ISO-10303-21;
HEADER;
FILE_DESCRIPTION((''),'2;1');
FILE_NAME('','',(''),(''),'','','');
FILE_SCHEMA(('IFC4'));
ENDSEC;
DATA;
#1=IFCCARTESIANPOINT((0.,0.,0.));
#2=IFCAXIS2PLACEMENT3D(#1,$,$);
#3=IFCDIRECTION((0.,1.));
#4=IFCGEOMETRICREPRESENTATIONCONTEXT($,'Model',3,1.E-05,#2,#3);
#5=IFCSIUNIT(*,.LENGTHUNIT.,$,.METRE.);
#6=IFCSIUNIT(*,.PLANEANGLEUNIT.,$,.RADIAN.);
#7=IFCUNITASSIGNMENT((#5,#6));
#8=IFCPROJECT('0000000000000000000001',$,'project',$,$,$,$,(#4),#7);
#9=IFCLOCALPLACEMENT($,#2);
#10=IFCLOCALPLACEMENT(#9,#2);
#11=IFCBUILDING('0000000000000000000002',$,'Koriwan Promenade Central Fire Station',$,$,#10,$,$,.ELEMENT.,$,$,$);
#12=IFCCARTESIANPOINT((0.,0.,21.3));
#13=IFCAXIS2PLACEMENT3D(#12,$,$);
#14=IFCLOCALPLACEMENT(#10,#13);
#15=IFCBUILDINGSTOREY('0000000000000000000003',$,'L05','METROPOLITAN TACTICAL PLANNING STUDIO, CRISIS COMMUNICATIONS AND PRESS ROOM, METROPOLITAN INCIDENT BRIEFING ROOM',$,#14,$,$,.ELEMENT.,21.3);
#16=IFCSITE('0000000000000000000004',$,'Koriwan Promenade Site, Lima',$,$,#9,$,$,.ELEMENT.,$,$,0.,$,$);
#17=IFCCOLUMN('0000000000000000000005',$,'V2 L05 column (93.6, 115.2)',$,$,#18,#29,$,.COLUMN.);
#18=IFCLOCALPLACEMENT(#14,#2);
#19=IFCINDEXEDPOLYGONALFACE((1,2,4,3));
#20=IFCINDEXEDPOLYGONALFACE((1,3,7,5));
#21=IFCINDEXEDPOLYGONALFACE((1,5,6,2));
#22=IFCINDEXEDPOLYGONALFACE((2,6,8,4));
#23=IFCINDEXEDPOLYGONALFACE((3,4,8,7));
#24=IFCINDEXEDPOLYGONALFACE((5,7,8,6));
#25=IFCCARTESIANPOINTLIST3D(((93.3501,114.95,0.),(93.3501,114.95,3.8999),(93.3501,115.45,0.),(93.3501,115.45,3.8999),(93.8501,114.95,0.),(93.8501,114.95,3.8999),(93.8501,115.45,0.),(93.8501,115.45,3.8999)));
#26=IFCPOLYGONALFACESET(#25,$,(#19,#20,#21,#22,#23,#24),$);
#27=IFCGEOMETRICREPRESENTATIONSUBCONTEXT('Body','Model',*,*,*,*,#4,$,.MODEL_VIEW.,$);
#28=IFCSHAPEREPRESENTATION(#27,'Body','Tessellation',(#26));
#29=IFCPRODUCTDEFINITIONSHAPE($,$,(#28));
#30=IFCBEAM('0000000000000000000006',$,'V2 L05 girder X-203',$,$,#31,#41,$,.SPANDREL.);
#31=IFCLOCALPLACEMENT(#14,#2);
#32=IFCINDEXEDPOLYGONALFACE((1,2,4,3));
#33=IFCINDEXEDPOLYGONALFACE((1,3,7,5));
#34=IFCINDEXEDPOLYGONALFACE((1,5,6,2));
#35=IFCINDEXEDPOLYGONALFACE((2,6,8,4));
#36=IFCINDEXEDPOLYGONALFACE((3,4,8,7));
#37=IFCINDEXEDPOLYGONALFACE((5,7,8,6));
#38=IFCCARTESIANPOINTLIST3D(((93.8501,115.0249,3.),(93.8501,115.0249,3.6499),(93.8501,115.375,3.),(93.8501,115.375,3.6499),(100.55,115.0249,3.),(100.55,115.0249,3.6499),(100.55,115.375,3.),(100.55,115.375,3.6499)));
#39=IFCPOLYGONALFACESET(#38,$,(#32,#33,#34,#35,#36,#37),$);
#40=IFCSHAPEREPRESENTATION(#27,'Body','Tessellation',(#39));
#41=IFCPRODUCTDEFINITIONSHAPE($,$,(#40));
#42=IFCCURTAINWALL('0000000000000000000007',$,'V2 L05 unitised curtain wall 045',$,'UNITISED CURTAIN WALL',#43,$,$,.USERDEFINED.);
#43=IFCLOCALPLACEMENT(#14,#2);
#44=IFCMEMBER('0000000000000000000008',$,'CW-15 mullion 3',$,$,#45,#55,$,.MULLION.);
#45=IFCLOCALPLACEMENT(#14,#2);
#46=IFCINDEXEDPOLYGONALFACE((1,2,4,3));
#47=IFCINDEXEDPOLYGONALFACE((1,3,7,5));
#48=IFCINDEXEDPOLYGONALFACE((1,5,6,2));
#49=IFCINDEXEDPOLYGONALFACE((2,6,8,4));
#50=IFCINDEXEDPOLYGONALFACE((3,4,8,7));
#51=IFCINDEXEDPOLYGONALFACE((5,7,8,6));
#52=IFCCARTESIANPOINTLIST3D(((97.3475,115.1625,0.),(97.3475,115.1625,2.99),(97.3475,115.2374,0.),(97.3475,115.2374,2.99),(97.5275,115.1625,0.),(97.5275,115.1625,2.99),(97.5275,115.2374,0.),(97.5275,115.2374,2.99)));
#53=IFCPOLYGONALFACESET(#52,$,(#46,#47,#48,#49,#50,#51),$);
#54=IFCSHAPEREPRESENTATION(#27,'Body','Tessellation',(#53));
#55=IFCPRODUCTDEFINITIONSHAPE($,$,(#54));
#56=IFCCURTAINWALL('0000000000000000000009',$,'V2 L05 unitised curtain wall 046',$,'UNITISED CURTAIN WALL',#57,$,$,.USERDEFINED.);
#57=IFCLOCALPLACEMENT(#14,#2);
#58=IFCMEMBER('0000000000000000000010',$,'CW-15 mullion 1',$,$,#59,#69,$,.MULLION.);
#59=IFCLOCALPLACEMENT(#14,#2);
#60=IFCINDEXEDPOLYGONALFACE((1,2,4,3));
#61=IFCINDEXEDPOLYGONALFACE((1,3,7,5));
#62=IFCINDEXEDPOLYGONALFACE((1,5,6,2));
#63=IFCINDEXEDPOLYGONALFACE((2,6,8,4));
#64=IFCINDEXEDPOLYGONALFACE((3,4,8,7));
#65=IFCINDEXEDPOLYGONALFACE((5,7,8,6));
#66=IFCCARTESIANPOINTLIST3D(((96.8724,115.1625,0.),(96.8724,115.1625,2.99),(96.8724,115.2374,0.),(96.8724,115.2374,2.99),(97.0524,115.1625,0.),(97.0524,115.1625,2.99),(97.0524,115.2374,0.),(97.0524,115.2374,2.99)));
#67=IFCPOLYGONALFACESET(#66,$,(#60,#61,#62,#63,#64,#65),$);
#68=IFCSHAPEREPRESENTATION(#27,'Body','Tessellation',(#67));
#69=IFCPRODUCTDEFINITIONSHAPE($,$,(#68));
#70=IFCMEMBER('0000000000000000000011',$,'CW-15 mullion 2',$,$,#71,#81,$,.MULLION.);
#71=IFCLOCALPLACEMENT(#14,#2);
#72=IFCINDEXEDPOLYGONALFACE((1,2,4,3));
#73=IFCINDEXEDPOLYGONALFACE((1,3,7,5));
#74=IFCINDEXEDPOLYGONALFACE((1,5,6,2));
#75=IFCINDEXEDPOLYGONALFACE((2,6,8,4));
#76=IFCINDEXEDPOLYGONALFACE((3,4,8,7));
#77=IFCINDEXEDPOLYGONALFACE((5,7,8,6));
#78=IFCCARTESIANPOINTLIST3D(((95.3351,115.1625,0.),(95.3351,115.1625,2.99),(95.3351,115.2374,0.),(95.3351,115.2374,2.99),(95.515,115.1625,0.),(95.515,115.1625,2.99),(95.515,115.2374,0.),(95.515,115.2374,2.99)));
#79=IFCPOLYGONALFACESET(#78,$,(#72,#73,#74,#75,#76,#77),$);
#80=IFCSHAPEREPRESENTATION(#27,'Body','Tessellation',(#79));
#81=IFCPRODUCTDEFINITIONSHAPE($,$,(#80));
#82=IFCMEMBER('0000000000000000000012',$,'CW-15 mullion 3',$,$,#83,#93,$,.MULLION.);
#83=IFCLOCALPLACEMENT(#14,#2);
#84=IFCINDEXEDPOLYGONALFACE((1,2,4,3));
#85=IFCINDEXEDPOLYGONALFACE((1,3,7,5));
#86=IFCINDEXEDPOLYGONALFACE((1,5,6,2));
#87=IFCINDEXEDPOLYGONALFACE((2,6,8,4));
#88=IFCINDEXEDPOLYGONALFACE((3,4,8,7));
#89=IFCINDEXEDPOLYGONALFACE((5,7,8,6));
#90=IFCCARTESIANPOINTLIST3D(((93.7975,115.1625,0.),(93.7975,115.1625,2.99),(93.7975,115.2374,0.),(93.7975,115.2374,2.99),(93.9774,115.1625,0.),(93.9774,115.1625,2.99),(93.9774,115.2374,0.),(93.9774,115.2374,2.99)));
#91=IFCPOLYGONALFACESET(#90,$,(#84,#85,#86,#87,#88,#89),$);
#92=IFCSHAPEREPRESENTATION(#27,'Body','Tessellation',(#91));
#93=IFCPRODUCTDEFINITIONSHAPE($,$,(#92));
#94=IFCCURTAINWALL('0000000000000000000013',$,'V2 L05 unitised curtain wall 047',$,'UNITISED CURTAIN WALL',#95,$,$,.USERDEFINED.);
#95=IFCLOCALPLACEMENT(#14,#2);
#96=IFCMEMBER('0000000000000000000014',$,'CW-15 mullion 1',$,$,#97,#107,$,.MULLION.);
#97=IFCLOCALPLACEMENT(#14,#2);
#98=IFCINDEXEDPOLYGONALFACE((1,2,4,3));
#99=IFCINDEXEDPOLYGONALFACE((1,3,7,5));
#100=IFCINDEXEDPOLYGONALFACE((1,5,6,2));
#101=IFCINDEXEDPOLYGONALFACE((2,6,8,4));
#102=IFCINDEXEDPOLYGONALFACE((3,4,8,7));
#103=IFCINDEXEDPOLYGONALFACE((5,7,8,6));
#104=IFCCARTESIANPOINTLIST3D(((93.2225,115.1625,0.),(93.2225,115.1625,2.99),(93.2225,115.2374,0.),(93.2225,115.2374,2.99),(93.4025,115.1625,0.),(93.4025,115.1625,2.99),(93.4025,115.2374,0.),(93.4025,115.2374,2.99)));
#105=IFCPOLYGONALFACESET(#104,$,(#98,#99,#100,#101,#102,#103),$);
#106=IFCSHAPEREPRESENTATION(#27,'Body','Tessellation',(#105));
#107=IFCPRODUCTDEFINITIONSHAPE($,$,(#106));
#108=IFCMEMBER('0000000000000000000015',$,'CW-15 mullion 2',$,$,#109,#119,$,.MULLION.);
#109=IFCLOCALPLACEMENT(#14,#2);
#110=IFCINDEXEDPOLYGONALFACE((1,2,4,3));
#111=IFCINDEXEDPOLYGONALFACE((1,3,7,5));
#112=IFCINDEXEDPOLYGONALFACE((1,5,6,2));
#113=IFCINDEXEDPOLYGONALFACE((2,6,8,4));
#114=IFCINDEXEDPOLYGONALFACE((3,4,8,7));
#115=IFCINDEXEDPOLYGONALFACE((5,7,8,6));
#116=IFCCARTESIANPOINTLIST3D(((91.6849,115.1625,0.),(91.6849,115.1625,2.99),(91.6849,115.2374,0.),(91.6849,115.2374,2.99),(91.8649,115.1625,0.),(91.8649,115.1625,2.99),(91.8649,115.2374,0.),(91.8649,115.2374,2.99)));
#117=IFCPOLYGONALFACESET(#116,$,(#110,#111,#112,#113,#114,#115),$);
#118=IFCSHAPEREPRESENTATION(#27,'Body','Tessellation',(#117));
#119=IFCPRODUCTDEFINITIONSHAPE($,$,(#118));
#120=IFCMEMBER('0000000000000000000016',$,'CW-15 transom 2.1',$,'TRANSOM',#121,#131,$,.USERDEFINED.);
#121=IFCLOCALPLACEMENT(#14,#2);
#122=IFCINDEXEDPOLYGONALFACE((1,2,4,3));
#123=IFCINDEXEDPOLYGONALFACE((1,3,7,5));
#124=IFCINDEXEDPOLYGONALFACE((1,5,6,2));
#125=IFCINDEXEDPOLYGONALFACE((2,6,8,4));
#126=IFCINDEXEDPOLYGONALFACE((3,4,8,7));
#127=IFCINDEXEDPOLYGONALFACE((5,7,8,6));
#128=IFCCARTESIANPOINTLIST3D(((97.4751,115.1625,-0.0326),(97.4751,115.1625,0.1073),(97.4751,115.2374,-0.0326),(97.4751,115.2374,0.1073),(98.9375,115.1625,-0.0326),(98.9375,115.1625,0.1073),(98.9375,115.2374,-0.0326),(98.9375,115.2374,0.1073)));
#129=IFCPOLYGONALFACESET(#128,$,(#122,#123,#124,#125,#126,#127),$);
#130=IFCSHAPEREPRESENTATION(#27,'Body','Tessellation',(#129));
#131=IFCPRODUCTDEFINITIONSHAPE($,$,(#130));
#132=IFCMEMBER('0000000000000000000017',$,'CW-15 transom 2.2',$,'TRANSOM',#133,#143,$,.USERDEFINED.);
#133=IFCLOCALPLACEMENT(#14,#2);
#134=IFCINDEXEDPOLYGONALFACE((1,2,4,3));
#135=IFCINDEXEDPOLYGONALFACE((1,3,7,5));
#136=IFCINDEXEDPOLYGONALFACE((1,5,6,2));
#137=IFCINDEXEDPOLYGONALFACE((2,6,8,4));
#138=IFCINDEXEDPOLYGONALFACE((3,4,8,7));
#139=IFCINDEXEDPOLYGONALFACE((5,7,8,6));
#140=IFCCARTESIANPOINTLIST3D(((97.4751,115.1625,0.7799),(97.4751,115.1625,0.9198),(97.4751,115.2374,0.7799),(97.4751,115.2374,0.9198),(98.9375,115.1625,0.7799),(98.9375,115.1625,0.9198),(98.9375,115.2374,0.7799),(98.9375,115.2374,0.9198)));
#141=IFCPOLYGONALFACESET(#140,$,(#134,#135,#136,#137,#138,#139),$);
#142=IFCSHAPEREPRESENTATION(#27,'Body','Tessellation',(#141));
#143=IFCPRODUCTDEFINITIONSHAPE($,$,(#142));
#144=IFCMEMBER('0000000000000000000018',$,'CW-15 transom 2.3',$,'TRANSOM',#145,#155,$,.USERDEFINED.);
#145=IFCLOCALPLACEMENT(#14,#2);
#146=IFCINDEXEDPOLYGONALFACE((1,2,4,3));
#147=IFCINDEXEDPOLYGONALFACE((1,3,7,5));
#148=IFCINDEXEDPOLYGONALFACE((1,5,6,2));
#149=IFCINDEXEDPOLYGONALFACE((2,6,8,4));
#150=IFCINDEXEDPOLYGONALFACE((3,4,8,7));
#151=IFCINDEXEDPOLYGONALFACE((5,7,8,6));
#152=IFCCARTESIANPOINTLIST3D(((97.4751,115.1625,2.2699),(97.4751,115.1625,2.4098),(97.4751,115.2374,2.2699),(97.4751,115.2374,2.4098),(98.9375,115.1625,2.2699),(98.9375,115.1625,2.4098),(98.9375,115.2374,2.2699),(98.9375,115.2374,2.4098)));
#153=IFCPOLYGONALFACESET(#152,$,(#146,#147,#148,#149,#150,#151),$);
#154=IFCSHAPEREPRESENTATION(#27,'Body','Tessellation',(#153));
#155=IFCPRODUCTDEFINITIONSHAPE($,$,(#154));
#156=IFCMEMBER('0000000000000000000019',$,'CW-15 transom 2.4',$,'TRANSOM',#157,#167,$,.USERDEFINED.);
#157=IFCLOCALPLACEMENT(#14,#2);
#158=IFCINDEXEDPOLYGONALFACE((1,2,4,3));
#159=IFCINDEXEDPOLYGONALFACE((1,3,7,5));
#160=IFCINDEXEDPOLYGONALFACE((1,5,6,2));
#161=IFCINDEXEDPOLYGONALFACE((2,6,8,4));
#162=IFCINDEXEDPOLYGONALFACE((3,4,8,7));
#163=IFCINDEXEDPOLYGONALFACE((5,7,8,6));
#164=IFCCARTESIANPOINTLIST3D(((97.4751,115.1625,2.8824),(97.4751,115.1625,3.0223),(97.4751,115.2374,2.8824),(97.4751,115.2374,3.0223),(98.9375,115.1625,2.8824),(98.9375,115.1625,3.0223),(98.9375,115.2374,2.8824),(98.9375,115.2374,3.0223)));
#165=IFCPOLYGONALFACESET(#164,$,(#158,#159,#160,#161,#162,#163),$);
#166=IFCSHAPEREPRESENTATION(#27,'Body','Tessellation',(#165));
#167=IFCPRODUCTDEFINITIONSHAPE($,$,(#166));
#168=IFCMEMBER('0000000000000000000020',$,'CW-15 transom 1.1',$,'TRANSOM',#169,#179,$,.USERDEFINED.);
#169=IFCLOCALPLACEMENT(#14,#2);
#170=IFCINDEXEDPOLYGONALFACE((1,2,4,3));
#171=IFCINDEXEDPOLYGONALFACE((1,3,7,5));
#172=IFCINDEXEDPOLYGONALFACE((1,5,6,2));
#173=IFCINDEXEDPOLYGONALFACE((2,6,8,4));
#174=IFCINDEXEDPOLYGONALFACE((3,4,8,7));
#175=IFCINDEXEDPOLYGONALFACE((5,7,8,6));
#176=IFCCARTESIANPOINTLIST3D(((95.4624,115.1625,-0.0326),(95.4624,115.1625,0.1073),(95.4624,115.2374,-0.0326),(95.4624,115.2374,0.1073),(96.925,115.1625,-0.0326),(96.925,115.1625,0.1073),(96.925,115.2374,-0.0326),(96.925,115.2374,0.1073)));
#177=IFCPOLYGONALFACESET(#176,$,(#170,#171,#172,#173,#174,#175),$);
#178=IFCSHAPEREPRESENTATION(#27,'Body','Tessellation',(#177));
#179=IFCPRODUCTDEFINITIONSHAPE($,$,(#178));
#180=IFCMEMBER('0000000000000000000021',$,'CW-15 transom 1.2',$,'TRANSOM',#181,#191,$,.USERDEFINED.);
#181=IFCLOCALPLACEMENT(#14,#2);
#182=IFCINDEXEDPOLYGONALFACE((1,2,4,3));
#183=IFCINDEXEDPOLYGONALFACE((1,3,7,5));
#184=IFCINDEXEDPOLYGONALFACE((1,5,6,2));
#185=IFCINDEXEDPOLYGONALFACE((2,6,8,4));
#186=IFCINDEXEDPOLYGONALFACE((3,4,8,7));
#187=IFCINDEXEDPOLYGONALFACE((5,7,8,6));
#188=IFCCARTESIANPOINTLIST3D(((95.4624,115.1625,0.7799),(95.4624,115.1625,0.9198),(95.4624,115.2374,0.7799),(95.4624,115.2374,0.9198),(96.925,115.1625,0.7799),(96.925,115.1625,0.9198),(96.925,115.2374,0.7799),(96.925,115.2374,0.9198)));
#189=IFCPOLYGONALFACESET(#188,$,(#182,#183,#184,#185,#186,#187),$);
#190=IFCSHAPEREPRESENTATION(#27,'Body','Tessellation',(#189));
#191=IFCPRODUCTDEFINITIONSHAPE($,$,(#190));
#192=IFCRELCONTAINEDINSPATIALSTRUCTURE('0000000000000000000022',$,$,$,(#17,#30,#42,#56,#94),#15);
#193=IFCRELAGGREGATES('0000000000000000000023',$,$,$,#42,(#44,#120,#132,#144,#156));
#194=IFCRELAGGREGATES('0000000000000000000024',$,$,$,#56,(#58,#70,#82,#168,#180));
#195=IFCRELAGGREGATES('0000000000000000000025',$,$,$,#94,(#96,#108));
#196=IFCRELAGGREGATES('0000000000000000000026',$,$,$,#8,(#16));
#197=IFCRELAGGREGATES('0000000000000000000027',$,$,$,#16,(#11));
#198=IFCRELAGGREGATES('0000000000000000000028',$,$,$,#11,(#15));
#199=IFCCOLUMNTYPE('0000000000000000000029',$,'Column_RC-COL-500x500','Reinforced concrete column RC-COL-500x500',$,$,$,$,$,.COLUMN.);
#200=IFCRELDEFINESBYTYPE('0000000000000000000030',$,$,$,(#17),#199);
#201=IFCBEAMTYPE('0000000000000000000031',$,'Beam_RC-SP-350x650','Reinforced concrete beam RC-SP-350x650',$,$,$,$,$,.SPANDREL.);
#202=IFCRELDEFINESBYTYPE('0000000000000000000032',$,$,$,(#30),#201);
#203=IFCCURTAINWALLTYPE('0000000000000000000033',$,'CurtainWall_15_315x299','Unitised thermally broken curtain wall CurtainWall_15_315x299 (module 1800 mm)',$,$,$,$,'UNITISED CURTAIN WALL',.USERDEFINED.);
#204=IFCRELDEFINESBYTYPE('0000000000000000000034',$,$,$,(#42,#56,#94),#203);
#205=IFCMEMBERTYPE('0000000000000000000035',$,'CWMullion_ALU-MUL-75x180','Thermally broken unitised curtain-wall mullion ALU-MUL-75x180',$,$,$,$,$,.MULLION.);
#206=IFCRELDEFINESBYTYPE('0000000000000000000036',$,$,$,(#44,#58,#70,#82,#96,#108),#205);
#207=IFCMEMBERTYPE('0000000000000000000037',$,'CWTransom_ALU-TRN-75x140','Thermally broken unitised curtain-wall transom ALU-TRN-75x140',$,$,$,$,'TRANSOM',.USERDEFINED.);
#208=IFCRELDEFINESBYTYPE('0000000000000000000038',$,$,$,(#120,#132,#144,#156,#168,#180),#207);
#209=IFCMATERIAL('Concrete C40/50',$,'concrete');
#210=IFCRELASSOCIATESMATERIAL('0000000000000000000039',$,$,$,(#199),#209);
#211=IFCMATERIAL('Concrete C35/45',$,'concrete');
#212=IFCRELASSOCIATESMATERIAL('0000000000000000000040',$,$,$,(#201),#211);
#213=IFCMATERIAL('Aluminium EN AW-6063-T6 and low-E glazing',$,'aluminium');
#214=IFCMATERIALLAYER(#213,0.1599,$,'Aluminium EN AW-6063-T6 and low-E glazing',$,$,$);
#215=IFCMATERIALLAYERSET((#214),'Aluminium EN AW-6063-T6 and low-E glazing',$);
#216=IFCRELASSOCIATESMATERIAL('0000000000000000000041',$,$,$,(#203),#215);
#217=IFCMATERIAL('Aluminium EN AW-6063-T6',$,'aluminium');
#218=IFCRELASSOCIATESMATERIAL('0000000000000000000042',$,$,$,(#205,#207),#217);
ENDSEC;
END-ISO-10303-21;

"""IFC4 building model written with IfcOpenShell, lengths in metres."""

from ifc_helpers import new_model, si_unit, direction, frame, origin, origin_2d, place, context, subcontext, project, spatial, rectangle, extrude, material, layer, layer_set, material_profile, profile_set, type_object, element, aggregate, save


model = new_model("IFC4")

# Units and contexts
model_context = context("Model", 3, precision=1e-05, world=origin(), true_north=direction((0.0, 1.0)))
body_context = subcontext(model_context, "Body", "Model", "MODEL_VIEW")
ifc_project = project(units=[si_unit("LENGTHUNIT", "METRE"), si_unit("PLANEANGLEUNIT", "RADIAN")], contexts=[model_context])

# Site, building, storey
site_placement = place(None, origin())
site = spatial("IfcSite", under=ifc_project, at=site_placement, Name="Koriwan Promenade Site, Lima", CompositionType="ELEMENT", RefElevation=0.0)
building_placement = place(site_placement, origin())
building = spatial("IfcBuilding", under=site, at=building_placement, Name="Koriwan Promenade Central Fire Station", CompositionType="ELEMENT")
storey_placement = place(building_placement, frame((0.0, 0.0, 21.3)))
storey = spatial("IfcBuildingStorey", under=building, at=storey_placement, Name="L05", Description="METROPOLITAN TACTICAL PLANNING STUDIO, CRISIS COMMUNICATIONS AND PRESS ROOM, METROPOLITAN INCIDENT BRIEFING ROOM", CompositionType="ELEMENT", Elevation=21.3)

# Column
ifc_material_1 = material(Name="Concrete C40/50", Category="concrete")
ifc_material_profile_1 = material_profile(ifc_material_1, rectangle(XDim=0.5, YDim=0.5, at=origin_2d()), Name="RC-COL-500x500")
ifc_profile_set_1 = profile_set([ifc_material_profile_1], Name="Concrete C40/50")
column_type = type_object("IfcColumnType", Name="Column_RC-COL-500x500", Description="Reinforced concrete column RC-COL-500x500", PredefinedType="COLUMN", material=ifc_profile_set_1)
column_placement = place(storey_placement, frame((93.6001, 115.2, 0.0), z_axis=(0.0, 0.0, 1.0), x_axis=(1.0, 0.0, 0.0)))
element("IfcColumn", 1, at=column_placement, inside=storey, type_object=column_type, Name="V2 L05 column (93.6, 115.2)", PredefinedType="COLUMN", context=body_context, shape_type="SweptSolid", body=[
    extrude(rectangle(XDim=0.5, YDim=0.5, at=origin_2d()), origin(), (0.0, 0.0, 1.0), 3.8999),
])

# Beam
ifc_material_2 = material(Name="Concrete C35/45", Category="concrete")
ifc_material_profile_2 = material_profile(ifc_material_2, rectangle(XDim=0.3501, YDim=0.6499, at=origin_2d()), Name="RC-SP-350x650")
ifc_profile_set_2 = profile_set([ifc_material_profile_2], Name="Concrete C35/45")
beam_type = type_object("IfcBeamType", Name="Beam_RC-SP-350x650", Description="Reinforced concrete beam RC-SP-350x650", PredefinedType="SPANDREL", material=ifc_profile_set_2)
beam_placement = place(storey_placement, frame((93.8501, 115.2, 3.325), z_axis=(1.0, 0.0, 0.0), x_axis=(0.0, 1.0, 0.0)))
element("IfcBeam", 2, at=beam_placement, inside=storey, type_object=beam_type, Name="V2 L05 girder X-203", PredefinedType="SPANDREL", context=body_context, shape_type="SweptSolid", body=[
    extrude(rectangle(XDim=0.3501, YDim=0.6499, at=origin_2d()), origin(), (0.0, 0.0, 1.0), 6.7),
])

# Curtain wall, member
ifc_material_3 = material(Name="Aluminium EN AW-6063-T6 and low-E glazing", Category="aluminium")
ifc_layer_1 = layer(ifc_material_3, 0.1599, Name="Aluminium EN AW-6063-T6 and low-E glazing")
ifc_layer_set_1 = layer_set([ifc_layer_1], Name="Aluminium EN AW-6063-T6 and low-E glazing")
curtain_wall_type = type_object("IfcCurtainWallType", Name="CurtainWall_15_315x299", Description="Unitised thermally broken curtain wall CurtainWall_15_315x299 (module 1800 mm)", ElementType="UNITISED CURTAIN WALL", PredefinedType="USERDEFINED", material=ifc_layer_set_1)
curtain_wall_1_placement = place(storey_placement, origin())
curtain_wall_1 = element("IfcCurtainWall", 3, at=curtain_wall_1_placement, inside=storey, type_object=curtain_wall_type, Name="V2 L05 unitised curtain wall 045", ObjectType="UNITISED CURTAIN WALL", PredefinedType="USERDEFINED")
ifc_material_4 = material(Name="Aluminium EN AW-6063-T6", Category="aluminium")
ifc_material_profile_3 = material_profile(ifc_material_4, rectangle(XDim=0.075, YDim=0.1799, at=origin_2d()), Name="ALU-MUL-75x180")
ifc_profile_set_3 = profile_set([ifc_material_profile_3], Name="Aluminium EN AW-6063-T6")
member_type_1 = type_object("IfcMemberType", Name="CWMullion_ALU-MUL-75x180", Description="Thermally broken unitised curtain-wall mullion ALU-MUL-75x180", PredefinedType="MULLION", material=ifc_profile_set_3)
member_1_placement = place(storey_placement, frame((97.4375, 115.2, 0.0), z_axis=(0.0, 0.0, 1.0), x_axis=(0.0, -1.0, 0.0)))
member_1 = element("IfcMember", 4, at=member_1_placement, type_object=member_type_1, Name="CW-15 mullion 3", PredefinedType="MULLION", context=body_context, shape_type="SweptSolid", body=[
    extrude(rectangle(XDim=0.075, YDim=0.1799, at=origin_2d()), origin(), (0.0, 0.0, 1.0), 2.99),
])

# Curtain walls, members
curtain_wall_2_placement = place(storey_placement, origin())
curtain_wall_2 = element("IfcCurtainWall", 5, at=curtain_wall_2_placement, inside=storey, type_object=curtain_wall_type, Name="V2 L05 unitised curtain wall 046", ObjectType="UNITISED CURTAIN WALL", PredefinedType="USERDEFINED")
member_2_placement = place(storey_placement, frame((96.9624, 115.2, 0.0), z_axis=(0.0, 0.0, 1.0), x_axis=(0.0, -1.0, 0.0)))
member_2 = element("IfcMember", 6, at=member_2_placement, type_object=member_type_1, Name="CW-15 mullion 1", PredefinedType="MULLION", context=body_context, shape_type="SweptSolid", body=[
    extrude(rectangle(XDim=0.075, YDim=0.1799, at=origin_2d()), origin(), (0.0, 0.0, 1.0), 2.99),
])
member_3_placement = place(storey_placement, frame((95.425, 115.2, 0.0), z_axis=(0.0, 0.0, 1.0), x_axis=(0.0, -1.0, 0.0)))
member_3 = element("IfcMember", 7, at=member_3_placement, type_object=member_type_1, Name="CW-15 mullion 2", PredefinedType="MULLION", context=body_context, shape_type="SweptSolid", body=[
    extrude(rectangle(XDim=0.075, YDim=0.1799, at=origin_2d()), origin(), (0.0, 0.0, 1.0), 2.99),
])
member_4_placement = place(storey_placement, frame((93.8875, 115.2, 0.0), z_axis=(0.0, 0.0, 1.0), x_axis=(0.0, -1.0, 0.0)))
member_4 = element("IfcMember", 8, at=member_4_placement, type_object=member_type_1, Name="CW-15 mullion 3", PredefinedType="MULLION", context=body_context, shape_type="SweptSolid", body=[
    extrude(rectangle(XDim=0.075, YDim=0.1799, at=origin_2d()), origin(), (0.0, 0.0, 1.0), 2.99),
])
curtain_wall_3_placement = place(storey_placement, origin())
curtain_wall_3 = element("IfcCurtainWall", 9, at=curtain_wall_3_placement, inside=storey, type_object=curtain_wall_type, Name="V2 L05 unitised curtain wall 047", ObjectType="UNITISED CURTAIN WALL", PredefinedType="USERDEFINED")
member_5_placement = place(storey_placement, frame((93.3125, 115.2, 0.0), z_axis=(0.0, 0.0, 1.0), x_axis=(0.0, -1.0, 0.0)))
member_5 = element("IfcMember", 10, at=member_5_placement, type_object=member_type_1, Name="CW-15 mullion 1", PredefinedType="MULLION", context=body_context, shape_type="SweptSolid", body=[
    extrude(rectangle(XDim=0.075, YDim=0.1799, at=origin_2d()), origin(), (0.0, 0.0, 1.0), 2.99),
])
member_6_placement = place(storey_placement, frame((91.7749, 115.2, 0.0), z_axis=(0.0, 0.0, 1.0), x_axis=(0.0, -1.0, 0.0)))
member_6 = element("IfcMember", 11, at=member_6_placement, type_object=member_type_1, Name="CW-15 mullion 2", PredefinedType="MULLION", context=body_context, shape_type="SweptSolid", body=[
    extrude(rectangle(XDim=0.075, YDim=0.1799, at=origin_2d()), origin(), (0.0, 0.0, 1.0), 2.99),
])

# Members
ifc_material_profile_4 = material_profile(ifc_material_4, rectangle(XDim=0.075, YDim=0.1399, at=origin_2d()), Name="ALU-TRN-75x140")
ifc_profile_set_4 = profile_set([ifc_material_profile_4], Name="Aluminium EN AW-6063-T6")
member_type_2 = type_object("IfcMemberType", Name="CWTransom_ALU-TRN-75x140", Description="Thermally broken unitised curtain-wall transom ALU-TRN-75x140", ElementType="TRANSOM", PredefinedType="USERDEFINED", material=ifc_profile_set_4)
member_7_placement = place(storey_placement, frame((98.9375, 115.2, 0.0374), z_axis=(-1.0, 0.0, 0.0), x_axis=(0.0, -1.0, 0.0)))
member_7 = element("IfcMember", 12, at=member_7_placement, type_object=member_type_2, Name="CW-15 transom 2.1", ObjectType="TRANSOM", PredefinedType="USERDEFINED", context=body_context, shape_type="SweptSolid", body=[
    extrude(rectangle(XDim=0.075, YDim=0.1399, at=origin_2d()), origin(), (0.0, 0.0, 1.0), 1.4624),
])
member_8_placement = place(storey_placement, frame((98.9375, 115.2, 0.8499), z_axis=(-1.0, 0.0, 0.0), x_axis=(0.0, -1.0, 0.0)))
member_8 = element("IfcMember", 13, at=member_8_placement, type_object=member_type_2, Name="CW-15 transom 2.2", ObjectType="TRANSOM", PredefinedType="USERDEFINED", context=body_context, shape_type="SweptSolid", body=[
    extrude(rectangle(XDim=0.075, YDim=0.1399, at=origin_2d()), origin(), (0.0, 0.0, 1.0), 1.4624),
])
member_9_placement = place(storey_placement, frame((98.9375, 115.2, 2.3398), z_axis=(-1.0, 0.0, 0.0), x_axis=(0.0, -1.0, 0.0)))
member_9 = element("IfcMember", 14, at=member_9_placement, type_object=member_type_2, Name="CW-15 transom 2.3", ObjectType="TRANSOM", PredefinedType="USERDEFINED", context=body_context, shape_type="SweptSolid", body=[
    extrude(rectangle(XDim=0.075, YDim=0.1399, at=origin_2d()), origin(), (0.0, 0.0, 1.0), 1.4624),
])
member_10_placement = place(storey_placement, frame((98.9375, 115.2, 2.9524), z_axis=(-1.0, 0.0, 0.0), x_axis=(0.0, -1.0, 0.0)))
member_10 = element("IfcMember", 15, at=member_10_placement, type_object=member_type_2, Name="CW-15 transom 2.4", ObjectType="TRANSOM", PredefinedType="USERDEFINED", context=body_context, shape_type="SweptSolid", body=[
    extrude(rectangle(XDim=0.075, YDim=0.1399, at=origin_2d()), origin(), (0.0, 0.0, 1.0), 1.4624),
])
member_11_placement = place(storey_placement, frame((96.925, 115.2, 0.0374), z_axis=(-1.0, 0.0, 0.0), x_axis=(0.0, -1.0, 0.0)))
member_11 = element("IfcMember", 16, at=member_11_placement, type_object=member_type_2, Name="CW-15 transom 1.1", ObjectType="TRANSOM", PredefinedType="USERDEFINED", context=body_context, shape_type="SweptSolid", body=[
    extrude(rectangle(XDim=0.075, YDim=0.1399, at=origin_2d()), origin(), (0.0, 0.0, 1.0), 1.4626),
])
member_12_placement = place(storey_placement, frame((96.925, 115.2, 0.8499), z_axis=(-1.0, 0.0, 0.0), x_axis=(0.0, -1.0, 0.0)))
member_12 = element("IfcMember", 17, at=member_12_placement, type_object=member_type_2, Name="CW-15 transom 1.2", ObjectType="TRANSOM", PredefinedType="USERDEFINED", context=body_context, shape_type="SweptSolid", body=[
    extrude(rectangle(XDim=0.075, YDim=0.1399, at=origin_2d()), origin(), (0.0, 0.0, 1.0), 1.4626),
])

aggregate(curtain_wall_1, [member_1, member_7, member_8, member_9, member_10])
aggregate(curtain_wall_2, [member_2, member_3, member_4, member_11, member_12])
aggregate(curtain_wall_3, [member_5, member_6])

save(model, "model.ifc")
